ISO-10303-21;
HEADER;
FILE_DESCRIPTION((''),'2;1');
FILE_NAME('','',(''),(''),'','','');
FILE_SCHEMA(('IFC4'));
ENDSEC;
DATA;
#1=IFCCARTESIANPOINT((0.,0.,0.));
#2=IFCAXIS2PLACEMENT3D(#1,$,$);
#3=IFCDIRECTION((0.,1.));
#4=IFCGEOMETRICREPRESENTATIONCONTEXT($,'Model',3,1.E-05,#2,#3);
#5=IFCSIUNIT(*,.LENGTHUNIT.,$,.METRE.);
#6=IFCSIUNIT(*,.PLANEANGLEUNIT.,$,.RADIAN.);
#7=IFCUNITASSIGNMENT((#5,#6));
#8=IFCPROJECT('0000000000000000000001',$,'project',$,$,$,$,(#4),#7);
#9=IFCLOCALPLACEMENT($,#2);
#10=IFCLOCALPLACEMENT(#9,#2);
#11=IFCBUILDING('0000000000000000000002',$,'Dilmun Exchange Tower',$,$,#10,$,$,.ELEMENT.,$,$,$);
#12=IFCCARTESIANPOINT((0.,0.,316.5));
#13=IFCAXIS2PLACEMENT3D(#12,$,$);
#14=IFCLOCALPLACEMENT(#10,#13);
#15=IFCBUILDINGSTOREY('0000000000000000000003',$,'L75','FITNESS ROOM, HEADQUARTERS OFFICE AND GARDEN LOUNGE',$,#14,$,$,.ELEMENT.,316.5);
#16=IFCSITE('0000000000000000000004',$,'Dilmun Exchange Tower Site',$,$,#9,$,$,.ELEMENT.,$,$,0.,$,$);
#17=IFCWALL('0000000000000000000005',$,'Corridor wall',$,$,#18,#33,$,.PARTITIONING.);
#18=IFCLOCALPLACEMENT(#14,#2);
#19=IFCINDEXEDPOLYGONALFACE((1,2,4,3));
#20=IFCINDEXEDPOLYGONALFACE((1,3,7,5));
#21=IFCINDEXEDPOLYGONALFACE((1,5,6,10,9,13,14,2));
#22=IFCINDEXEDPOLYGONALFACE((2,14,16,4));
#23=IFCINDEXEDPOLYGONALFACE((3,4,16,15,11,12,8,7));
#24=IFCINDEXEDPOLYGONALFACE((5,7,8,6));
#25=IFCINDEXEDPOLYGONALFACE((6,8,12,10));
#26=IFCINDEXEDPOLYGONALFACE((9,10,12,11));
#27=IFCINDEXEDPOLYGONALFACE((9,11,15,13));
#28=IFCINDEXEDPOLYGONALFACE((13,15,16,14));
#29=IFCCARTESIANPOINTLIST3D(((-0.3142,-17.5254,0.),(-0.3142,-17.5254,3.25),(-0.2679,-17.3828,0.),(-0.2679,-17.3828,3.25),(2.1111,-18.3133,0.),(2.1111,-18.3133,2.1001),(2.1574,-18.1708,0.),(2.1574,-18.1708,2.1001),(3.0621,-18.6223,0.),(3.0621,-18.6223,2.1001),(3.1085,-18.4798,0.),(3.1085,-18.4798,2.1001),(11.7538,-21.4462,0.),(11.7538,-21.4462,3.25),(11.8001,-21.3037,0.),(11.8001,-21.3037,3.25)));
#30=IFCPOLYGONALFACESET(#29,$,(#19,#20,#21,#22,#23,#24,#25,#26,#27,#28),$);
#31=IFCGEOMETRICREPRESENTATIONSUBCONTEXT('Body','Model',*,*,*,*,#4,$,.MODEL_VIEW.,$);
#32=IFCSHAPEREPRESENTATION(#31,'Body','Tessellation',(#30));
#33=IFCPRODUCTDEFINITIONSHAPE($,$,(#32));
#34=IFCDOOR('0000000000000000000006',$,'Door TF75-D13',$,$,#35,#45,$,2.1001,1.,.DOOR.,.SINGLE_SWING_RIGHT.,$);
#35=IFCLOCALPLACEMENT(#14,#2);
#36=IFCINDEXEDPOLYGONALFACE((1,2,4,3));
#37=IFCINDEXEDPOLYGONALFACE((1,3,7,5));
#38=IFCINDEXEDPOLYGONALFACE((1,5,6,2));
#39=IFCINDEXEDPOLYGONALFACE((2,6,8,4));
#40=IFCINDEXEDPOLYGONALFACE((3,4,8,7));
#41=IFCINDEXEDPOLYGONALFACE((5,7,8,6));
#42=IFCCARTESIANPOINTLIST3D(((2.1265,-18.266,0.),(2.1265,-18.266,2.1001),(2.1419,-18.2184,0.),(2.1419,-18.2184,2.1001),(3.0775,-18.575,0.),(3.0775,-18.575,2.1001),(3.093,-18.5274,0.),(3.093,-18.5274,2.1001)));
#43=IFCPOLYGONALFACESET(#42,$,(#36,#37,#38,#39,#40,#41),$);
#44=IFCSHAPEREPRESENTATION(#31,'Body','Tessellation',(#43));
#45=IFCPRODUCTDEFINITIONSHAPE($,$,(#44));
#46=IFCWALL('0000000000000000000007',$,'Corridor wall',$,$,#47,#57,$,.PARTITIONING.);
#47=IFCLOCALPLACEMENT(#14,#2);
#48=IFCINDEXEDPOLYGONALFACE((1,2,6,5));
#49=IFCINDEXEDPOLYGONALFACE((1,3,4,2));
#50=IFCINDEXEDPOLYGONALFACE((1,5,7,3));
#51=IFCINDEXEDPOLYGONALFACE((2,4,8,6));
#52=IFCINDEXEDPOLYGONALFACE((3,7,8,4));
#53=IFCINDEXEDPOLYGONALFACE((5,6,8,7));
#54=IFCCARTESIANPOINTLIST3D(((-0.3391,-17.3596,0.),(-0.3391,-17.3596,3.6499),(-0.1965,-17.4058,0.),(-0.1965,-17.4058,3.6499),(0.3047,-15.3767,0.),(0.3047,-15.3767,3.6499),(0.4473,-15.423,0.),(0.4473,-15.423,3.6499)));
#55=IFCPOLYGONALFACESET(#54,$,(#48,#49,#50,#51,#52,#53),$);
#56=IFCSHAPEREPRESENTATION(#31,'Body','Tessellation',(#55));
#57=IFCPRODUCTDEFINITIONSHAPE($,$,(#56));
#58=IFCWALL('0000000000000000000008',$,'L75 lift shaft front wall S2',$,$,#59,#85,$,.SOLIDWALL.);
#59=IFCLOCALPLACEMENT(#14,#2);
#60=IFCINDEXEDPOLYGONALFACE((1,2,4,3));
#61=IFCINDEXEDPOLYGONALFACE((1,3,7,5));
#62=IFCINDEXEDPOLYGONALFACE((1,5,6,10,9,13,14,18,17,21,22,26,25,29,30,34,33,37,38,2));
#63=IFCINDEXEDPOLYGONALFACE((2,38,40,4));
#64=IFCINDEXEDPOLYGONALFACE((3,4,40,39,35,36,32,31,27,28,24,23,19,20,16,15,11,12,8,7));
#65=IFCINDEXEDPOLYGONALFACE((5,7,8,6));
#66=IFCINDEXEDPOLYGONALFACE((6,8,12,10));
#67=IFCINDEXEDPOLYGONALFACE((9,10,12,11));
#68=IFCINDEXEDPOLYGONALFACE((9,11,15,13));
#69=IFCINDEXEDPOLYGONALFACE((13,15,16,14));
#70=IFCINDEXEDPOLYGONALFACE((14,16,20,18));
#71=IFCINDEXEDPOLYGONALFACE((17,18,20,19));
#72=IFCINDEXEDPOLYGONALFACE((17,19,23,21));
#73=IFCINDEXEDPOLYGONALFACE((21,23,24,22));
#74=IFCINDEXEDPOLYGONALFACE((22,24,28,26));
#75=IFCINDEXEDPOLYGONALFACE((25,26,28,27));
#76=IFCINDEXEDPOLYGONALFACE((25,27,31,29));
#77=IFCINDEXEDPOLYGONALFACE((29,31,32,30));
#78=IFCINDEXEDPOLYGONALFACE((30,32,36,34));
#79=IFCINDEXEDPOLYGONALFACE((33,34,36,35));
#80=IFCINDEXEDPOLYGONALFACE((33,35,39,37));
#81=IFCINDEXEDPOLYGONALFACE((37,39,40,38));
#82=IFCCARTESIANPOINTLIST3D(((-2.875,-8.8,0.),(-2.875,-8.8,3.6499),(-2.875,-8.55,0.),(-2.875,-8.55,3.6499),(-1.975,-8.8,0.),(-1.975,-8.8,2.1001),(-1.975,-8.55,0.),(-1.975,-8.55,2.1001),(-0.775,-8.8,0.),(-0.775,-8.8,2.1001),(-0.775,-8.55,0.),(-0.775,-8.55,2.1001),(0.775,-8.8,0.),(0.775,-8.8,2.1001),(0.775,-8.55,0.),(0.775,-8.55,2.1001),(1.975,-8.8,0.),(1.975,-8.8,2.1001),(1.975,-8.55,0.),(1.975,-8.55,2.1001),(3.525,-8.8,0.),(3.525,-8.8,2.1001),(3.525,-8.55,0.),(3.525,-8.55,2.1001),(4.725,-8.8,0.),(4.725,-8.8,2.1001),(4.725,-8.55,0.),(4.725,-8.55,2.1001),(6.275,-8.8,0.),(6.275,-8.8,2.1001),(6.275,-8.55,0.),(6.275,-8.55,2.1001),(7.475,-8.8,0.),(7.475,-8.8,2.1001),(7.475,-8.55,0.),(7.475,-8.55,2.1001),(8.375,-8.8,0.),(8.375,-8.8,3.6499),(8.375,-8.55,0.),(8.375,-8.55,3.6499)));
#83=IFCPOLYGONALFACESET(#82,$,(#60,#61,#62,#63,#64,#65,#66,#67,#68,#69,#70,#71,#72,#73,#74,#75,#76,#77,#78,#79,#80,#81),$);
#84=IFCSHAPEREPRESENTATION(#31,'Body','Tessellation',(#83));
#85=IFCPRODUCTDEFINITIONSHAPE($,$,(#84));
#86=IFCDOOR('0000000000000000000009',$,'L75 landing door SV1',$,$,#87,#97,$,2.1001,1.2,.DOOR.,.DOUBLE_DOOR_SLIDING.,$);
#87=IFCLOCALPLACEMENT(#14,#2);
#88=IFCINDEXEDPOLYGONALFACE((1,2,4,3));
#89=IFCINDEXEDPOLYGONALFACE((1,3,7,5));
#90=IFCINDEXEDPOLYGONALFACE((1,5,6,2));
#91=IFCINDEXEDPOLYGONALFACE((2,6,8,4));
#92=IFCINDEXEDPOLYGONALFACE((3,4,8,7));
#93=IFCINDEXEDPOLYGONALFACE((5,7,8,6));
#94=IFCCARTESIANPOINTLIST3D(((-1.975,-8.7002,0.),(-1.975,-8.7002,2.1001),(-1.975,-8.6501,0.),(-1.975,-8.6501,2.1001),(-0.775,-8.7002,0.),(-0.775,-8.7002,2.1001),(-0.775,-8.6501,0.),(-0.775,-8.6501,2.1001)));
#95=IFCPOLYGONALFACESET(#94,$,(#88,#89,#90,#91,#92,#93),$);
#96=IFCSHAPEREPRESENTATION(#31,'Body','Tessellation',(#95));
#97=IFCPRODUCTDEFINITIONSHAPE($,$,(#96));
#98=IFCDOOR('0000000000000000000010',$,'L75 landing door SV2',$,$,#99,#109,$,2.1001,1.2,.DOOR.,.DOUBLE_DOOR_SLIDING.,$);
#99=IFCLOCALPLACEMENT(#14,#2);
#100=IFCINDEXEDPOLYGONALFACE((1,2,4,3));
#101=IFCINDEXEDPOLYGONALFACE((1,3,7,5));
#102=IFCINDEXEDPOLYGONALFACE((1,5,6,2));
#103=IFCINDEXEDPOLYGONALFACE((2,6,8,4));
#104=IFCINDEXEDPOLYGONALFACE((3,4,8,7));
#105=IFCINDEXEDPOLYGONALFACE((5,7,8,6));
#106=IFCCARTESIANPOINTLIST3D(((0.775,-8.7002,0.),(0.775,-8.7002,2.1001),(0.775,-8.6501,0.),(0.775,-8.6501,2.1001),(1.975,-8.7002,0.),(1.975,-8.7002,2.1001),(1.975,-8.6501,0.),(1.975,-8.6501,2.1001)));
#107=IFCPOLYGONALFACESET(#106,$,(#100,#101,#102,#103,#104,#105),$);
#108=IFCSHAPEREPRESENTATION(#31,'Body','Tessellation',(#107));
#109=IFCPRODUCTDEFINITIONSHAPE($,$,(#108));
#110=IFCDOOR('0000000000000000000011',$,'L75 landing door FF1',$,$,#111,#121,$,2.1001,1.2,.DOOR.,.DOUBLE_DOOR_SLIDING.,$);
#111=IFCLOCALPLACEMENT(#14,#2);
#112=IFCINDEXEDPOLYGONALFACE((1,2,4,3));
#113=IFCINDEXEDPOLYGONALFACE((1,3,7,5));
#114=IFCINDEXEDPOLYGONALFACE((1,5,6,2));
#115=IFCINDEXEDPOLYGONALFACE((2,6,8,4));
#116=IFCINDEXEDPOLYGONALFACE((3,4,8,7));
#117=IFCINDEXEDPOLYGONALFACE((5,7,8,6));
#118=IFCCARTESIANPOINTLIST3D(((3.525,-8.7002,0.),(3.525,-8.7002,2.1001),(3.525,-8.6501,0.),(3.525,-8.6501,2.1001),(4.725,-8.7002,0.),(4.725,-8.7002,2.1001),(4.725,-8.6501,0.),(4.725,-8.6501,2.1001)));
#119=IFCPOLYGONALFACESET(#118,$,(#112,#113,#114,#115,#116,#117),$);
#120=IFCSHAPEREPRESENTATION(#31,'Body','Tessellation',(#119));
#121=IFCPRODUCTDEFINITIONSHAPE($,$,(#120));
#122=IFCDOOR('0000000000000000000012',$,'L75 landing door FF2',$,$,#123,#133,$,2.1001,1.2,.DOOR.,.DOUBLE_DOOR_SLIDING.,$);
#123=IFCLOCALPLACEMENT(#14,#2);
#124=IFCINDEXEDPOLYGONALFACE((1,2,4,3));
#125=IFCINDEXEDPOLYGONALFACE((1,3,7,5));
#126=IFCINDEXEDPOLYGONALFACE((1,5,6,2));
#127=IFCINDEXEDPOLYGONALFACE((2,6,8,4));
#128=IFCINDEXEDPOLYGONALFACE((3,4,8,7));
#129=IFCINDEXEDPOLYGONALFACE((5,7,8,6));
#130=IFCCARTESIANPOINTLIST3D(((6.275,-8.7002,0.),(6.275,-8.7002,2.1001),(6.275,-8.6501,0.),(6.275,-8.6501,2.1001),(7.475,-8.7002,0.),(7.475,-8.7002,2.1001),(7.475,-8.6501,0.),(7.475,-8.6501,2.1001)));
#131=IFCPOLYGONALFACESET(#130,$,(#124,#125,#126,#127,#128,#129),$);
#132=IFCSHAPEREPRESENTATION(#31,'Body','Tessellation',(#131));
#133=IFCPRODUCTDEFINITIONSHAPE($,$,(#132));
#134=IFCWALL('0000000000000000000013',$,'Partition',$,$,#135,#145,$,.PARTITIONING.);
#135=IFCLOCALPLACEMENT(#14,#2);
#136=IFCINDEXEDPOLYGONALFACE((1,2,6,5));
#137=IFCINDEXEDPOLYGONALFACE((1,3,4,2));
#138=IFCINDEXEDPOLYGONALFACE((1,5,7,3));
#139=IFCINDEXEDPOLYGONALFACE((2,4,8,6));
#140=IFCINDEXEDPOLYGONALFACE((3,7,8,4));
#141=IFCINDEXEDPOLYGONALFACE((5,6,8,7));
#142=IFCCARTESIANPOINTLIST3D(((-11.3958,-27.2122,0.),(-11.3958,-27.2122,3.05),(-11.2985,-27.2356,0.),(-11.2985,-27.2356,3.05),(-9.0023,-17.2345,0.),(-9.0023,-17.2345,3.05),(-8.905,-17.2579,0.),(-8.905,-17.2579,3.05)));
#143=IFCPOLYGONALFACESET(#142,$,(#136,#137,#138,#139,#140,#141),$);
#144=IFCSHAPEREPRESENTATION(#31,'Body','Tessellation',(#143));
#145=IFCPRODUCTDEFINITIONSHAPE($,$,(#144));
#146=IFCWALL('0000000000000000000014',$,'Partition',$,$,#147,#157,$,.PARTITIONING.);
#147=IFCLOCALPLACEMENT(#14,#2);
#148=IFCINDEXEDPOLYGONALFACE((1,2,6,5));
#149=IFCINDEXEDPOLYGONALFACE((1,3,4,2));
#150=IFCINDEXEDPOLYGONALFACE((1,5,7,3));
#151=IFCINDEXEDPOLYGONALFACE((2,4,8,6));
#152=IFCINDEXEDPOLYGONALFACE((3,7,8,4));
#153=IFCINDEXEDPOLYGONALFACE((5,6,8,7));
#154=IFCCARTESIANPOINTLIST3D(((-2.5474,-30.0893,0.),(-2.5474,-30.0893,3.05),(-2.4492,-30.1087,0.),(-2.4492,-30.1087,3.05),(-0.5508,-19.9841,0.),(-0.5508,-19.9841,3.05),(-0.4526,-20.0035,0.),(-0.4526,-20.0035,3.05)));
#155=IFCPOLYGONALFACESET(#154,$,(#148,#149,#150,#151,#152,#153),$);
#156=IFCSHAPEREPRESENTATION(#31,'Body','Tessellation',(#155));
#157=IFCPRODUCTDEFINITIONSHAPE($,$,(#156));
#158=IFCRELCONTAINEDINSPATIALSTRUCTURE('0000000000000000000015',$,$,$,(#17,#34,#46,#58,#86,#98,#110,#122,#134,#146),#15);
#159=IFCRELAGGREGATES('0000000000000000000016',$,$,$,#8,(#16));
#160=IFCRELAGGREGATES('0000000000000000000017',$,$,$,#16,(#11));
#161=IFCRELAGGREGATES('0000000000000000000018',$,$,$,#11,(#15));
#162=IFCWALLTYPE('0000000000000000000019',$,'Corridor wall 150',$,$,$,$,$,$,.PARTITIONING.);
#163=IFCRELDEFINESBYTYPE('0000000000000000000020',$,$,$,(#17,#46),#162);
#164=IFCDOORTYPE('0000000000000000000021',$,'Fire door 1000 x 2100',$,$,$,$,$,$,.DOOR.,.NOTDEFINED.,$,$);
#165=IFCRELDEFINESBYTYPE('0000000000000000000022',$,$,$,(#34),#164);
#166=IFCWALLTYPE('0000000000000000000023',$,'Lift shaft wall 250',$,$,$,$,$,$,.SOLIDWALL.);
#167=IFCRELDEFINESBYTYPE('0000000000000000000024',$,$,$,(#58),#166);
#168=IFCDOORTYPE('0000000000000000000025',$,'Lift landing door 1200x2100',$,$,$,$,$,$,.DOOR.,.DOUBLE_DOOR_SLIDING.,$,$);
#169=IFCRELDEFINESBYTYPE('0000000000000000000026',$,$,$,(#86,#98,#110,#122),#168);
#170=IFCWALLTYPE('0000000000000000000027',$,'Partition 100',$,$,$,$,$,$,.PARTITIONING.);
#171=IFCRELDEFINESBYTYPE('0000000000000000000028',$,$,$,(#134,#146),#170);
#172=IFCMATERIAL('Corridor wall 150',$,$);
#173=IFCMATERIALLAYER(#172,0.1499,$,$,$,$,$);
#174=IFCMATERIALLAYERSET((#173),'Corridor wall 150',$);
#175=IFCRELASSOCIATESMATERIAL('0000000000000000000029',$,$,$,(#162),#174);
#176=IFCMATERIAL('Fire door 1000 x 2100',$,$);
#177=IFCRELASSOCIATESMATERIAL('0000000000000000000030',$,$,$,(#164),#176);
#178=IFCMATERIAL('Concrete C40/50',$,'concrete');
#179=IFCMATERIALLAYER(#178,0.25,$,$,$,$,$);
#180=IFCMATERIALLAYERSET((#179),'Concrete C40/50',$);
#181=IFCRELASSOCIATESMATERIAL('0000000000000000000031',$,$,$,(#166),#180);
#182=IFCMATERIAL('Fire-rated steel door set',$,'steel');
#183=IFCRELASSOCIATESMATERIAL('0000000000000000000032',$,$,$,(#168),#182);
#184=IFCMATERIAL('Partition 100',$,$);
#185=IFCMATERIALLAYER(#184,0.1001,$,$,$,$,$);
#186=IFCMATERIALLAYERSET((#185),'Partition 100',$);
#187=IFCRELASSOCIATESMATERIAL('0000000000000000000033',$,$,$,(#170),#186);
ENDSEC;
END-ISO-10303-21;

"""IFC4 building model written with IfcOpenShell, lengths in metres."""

from ifc_helpers import new_model, si_unit, direction, frame, frame_2d, origin, place, context, subcontext, project, spatial, rectangle, extrude, material, layer, layer_set, type_object, element, fill, save


model = new_model("IFC4")

# Units and contexts
model_context = context("Model", 3, precision=1e-05, world=origin(), true_north=direction((0.0, 1.0)))
body_context = subcontext(model_context, "Body", "Model", "MODEL_VIEW")
ifc_project = project(units=[si_unit("LENGTHUNIT", "METRE"), si_unit("PLANEANGLEUNIT", "RADIAN")], contexts=[model_context])

# Site, building, storey
site_placement = place(None, origin())
site = spatial("IfcSite", under=ifc_project, at=site_placement, Name="Dilmun Exchange Tower Site", CompositionType="ELEMENT", RefElevation=0.0)
building_placement = place(site_placement, origin())
building = spatial("IfcBuilding", under=site, at=building_placement, Name="Dilmun Exchange Tower", CompositionType="ELEMENT")
storey_placement = place(building_placement, frame((0.0, 0.0, 316.5)))
storey = spatial("IfcBuildingStorey", under=building, at=storey_placement, Name="L75", Description="FITNESS ROOM, HEADQUARTERS OFFICE AND GARDEN LOUNGE", CompositionType="ELEMENT", Elevation=316.5)

# Shared definitions
ifc_material_1 = material(Name="Concrete C40/50", Category="concrete")

# Shared definitions
ifc_material_2 = material(Name="Fire-rated steel door set", Category="steel")

# Wall, opening, door
ifc_material_3 = material(Name="Corridor wall 150")
ifc_layer_1 = layer(ifc_material_3, 0.1499)
ifc_layer_set_1 = layer_set([ifc_layer_1], Name="Corridor wall 150")
wall_type_1 = type_object("IfcWallType", Name="Corridor wall 150", PredefinedType="PARTITIONING", material=ifc_layer_set_1)
ifc_material_4 = material(Name="Fire door 1000 x 2100")
door_type_1 = type_object("IfcDoorType", Name="Fire door 1000 x 2100", OperationType="NOTDEFINED", PredefinedType="DOOR", material=ifc_material_4)
wall_1_placement = place(storey_placement, frame((-0.291, -17.4541, 0.0), z_axis=(0.0, 0.0, 1.0), x_axis=(0.951063, -0.308998, 0.0)))
wall_1 = element("IfcWall", 1, at=wall_1_placement, inside=storey, type_object=wall_type_1, Name="Corridor wall", PredefinedType="PARTITIONING", context=body_context, shape_type="SweptSolid", body=[
    extrude(rectangle(XDim=12.689, YDim=0.1499, at=frame_2d((6.3445, 0.0))), origin(), (0.0, 0.0, 1.0), 3.25),
])
opening_1_placement = place(wall_1_placement, frame((2.55, 0.0, 0.0)))
opening_1 = element("IfcOpeningElement", 2, at=opening_1_placement, cuts=wall_1, PredefinedType="OPENING", context=body_context, shape_type="SweptSolid", body=[
    extrude(rectangle(XDim=1.0, YDim=2.1001, at=frame_2d((0.5, 1.05))), frame((0.0, 0.085, 0.0), z_axis=(0.0, -1.0, 0.0), x_axis=(1.0, 0.0, 0.0)), (0.0, 0.0, 1.0), 0.1699),
])
door_1_placement = place(opening_1_placement, origin())
door_1 = element("IfcDoor", 3, at=door_1_placement, inside=storey, type_object=door_type_1, Name="Door TF75-D13", OperationType="SINGLE_SWING_RIGHT", OverallHeight=2.1001, OverallWidth=1.0, PredefinedType="DOOR", context=body_context, shape_type="SweptSolid", body=[
    extrude(rectangle(XDim=1.0, YDim=2.1001, at=frame_2d((0.5, 1.05))), frame((0.0, 0.0249, 0.0), z_axis=(0.0, -1.0, 0.0), x_axis=(1.0, 0.0, 0.0)), (0.0, 0.0, 1.0), 0.05),
])
fill(opening_1, door_1)

# Wall
wall_2_placement = place(storey_placement, frame((-0.2678, -17.3828, 0.0), z_axis=(0.0, 0.0, 1.0), x_axis=(0.308805, 0.951125, 0.0)))
element("IfcWall", 4, at=wall_2_placement, inside=storey, type_object=wall_type_1, Name="Corridor wall", PredefinedType="PARTITIONING", context=body_context, shape_type="SweptSolid", body=[
    extrude(rectangle(XDim=2.0847, YDim=0.1499, at=frame_2d((1.0425, 0.0))), origin(), (0.0, 0.0, 1.0), 3.6499),
])

# Wall, openings, doors
ifc_layer_2 = layer(ifc_material_1, 0.25)
ifc_layer_set_2 = layer_set([ifc_layer_2], Name="Concrete C40/50")
wall_type_2 = type_object("IfcWallType", Name="Lift shaft wall 250", PredefinedType="SOLIDWALL", material=ifc_layer_set_2)
wall_3_placement = place(storey_placement, frame((-2.875, -8.675, 0.0), z_axis=(0.0, 0.0, 1.0), x_axis=(1.0, 0.0, 0.0)))
wall_3 = element("IfcWall", 5, at=wall_3_placement, inside=storey, type_object=wall_type_2, Name="L75 lift shaft front wall S2", PredefinedType="SOLIDWALL", context=body_context, shape_type="SweptSolid", body=[
    extrude(rectangle(XDim=11.25, YDim=0.25, at=frame_2d((5.625, 0.0))), origin(), (0.0, 0.0, 1.0), 3.6499),
])
opening_2_placement = place(wall_3_placement, frame((0.8999, 0.0, 0.0)))
opening_2 = element("IfcOpeningElement", 6, at=opening_2_placement, cuts=wall_3, PredefinedType="OPENING", context=body_context, shape_type="SweptSolid", body=[
    extrude(rectangle(XDim=1.2, YDim=2.1001, at=frame_2d((0.6001, 1.05))), frame((0.0, 0.135, 0.0), z_axis=(0.0, -1.0, 0.0), x_axis=(1.0, 0.0, 0.0)), (0.0, 0.0, 1.0), 0.27),
])
opening_3_placement = place(wall_3_placement, frame((3.6499, 0.0, 0.0)))
opening_3 = element("IfcOpeningElement", 7, at=opening_3_placement, cuts=wall_3, PredefinedType="OPENING", context=body_context, shape_type="SweptSolid", body=[
    extrude(rectangle(XDim=1.2, YDim=2.1001, at=frame_2d((0.6001, 1.05))), frame((0.0, 0.135, 0.0), z_axis=(0.0, -1.0, 0.0), x_axis=(1.0, 0.0, 0.0)), (0.0, 0.0, 1.0), 0.27),
])
opening_4_placement = place(wall_3_placement, frame((6.3999, 0.0, 0.0)))
opening_4 = element("IfcOpeningElement", 8, at=opening_4_placement, cuts=wall_3, PredefinedType="OPENING", context=body_context, shape_type="SweptSolid", body=[
    extrude(rectangle(XDim=1.2, YDim=2.1001, at=frame_2d((0.6001, 1.05))), frame((0.0, 0.135, 0.0), z_axis=(0.0, -1.0, 0.0), x_axis=(1.0, 0.0, 0.0)), (0.0, 0.0, 1.0), 0.27),
])
opening_5_placement = place(wall_3_placement, frame((9.1499, 0.0, 0.0)))
opening_5 = element("IfcOpeningElement", 9, at=opening_5_placement, cuts=wall_3, PredefinedType="OPENING", context=body_context, shape_type="SweptSolid", body=[
    extrude(rectangle(XDim=1.2, YDim=2.1001, at=frame_2d((0.6001, 1.05))), frame((0.0, 0.135, 0.0), z_axis=(0.0, -1.0, 0.0), x_axis=(1.0, 0.0, 0.0)), (0.0, 0.0, 1.0), 0.27),
])
door_type_2 = type_object("IfcDoorType", Name="Lift landing door 1200x2100", OperationType="DOUBLE_DOOR_SLIDING", PredefinedType="DOOR", material=ifc_material_2)
door_2_placement = place(opening_2_placement, origin())
door_2 = element("IfcDoor", 10, at=door_2_placement, inside=storey, type_object=door_type_2, Name="L75 landing door SV1", OperationType="DOUBLE_DOOR_SLIDING", OverallHeight=2.1001, OverallWidth=1.2, PredefinedType="DOOR", context=body_context, shape_type="SweptSolid", body=[
    extrude(rectangle(XDim=1.2, YDim=2.1001, at=frame_2d((0.6001, 1.05))), frame((0.0, 0.0249, 0.0), z_axis=(0.0, -1.0, 0.0), x_axis=(1.0, 0.0, 0.0)), (0.0, 0.0, 1.0), 0.05),
])
fill(opening_2, door_2)
door_3_placement = place(opening_3_placement, origin())
door_3 = element("IfcDoor", 11, at=door_3_placement, inside=storey, type_object=door_type_2, Name="L75 landing door SV2", OperationType="DOUBLE_DOOR_SLIDING", OverallHeight=2.1001, OverallWidth=1.2, PredefinedType="DOOR", context=body_context, shape_type="SweptSolid", body=[
    extrude(rectangle(XDim=1.2, YDim=2.1001, at=frame_2d((0.6001, 1.05))), frame((0.0, 0.0249, 0.0), z_axis=(0.0, -1.0, 0.0), x_axis=(1.0, 0.0, 0.0)), (0.0, 0.0, 1.0), 0.05),
])
fill(opening_3, door_3)
door_4_placement = place(opening_4_placement, origin())
door_4 = element("IfcDoor", 12, at=door_4_placement, inside=storey, type_object=door_type_2, Name="L75 landing door FF1", OperationType="DOUBLE_DOOR_SLIDING", OverallHeight=2.1001, OverallWidth=1.2, PredefinedType="DOOR", context=body_context, shape_type="SweptSolid", body=[
    extrude(rectangle(XDim=1.2, YDim=2.1001, at=frame_2d((0.6001, 1.05))), frame((0.0, 0.0249, 0.0), z_axis=(0.0, -1.0, 0.0), x_axis=(1.0, 0.0, 0.0)), (0.0, 0.0, 1.0), 0.05),
])
fill(opening_4, door_4)
door_5_placement = place(opening_5_placement, origin())
door_5 = element("IfcDoor", 13, at=door_5_placement, inside=storey, type_object=door_type_2, Name="L75 landing door FF2", OperationType="DOUBLE_DOOR_SLIDING", OverallHeight=2.1001, OverallWidth=1.2, PredefinedType="DOOR", context=body_context, shape_type="SweptSolid", body=[
    extrude(rectangle(XDim=1.2, YDim=2.1001, at=frame_2d((0.6001, 1.05))), frame((0.0, 0.0249, 0.0), z_axis=(0.0, -1.0, 0.0), x_axis=(1.0, 0.0, 0.0)), (0.0, 0.0, 1.0), 0.05),
])
fill(opening_5, door_5)

# Walls
ifc_material_5 = material(Name="Partition 100")
ifc_layer_3 = layer(ifc_material_5, 0.1001)
ifc_layer_set_3 = layer_set([ifc_layer_3], Name="Partition 100")
wall_type_3 = type_object("IfcWallType", Name="Partition 100", PredefinedType="PARTITIONING", material=ifc_layer_set_3)
wall_4_placement = place(storey_placement, frame((-11.3472, -27.2239, 0.0), z_axis=(0.0, 0.0, 1.0), x_axis=(0.23327, 0.972412, 0.0)))
element("IfcWall", 14, at=wall_4_placement, inside=storey, type_object=wall_type_3, Name="Partition", PredefinedType="PARTITIONING", context=body_context, shape_type="SweptSolid", body=[
    extrude(rectangle(XDim=10.2607, YDim=0.1001, at=frame_2d((5.1304, 0.0))), origin(), (0.0, 0.0, 1.0), 3.05),
])
wall_5_placement = place(storey_placement, frame((-2.4983, -30.0991, 0.0), z_axis=(0.0, 0.0, 1.0), x_axis=(0.193832, 0.981035, 0.0)))
element("IfcWall", 15, at=wall_5_placement, inside=storey, type_object=wall_type_3, Name="Partition", PredefinedType="PARTITIONING", context=body_context, shape_type="SweptSolid", body=[
    extrude(rectangle(XDim=10.3005, YDim=0.1001, at=frame_2d((5.1504, 0.0))), origin(), (0.0, 0.0, 1.0), 3.05),
])

save(model, "model.ifc")
